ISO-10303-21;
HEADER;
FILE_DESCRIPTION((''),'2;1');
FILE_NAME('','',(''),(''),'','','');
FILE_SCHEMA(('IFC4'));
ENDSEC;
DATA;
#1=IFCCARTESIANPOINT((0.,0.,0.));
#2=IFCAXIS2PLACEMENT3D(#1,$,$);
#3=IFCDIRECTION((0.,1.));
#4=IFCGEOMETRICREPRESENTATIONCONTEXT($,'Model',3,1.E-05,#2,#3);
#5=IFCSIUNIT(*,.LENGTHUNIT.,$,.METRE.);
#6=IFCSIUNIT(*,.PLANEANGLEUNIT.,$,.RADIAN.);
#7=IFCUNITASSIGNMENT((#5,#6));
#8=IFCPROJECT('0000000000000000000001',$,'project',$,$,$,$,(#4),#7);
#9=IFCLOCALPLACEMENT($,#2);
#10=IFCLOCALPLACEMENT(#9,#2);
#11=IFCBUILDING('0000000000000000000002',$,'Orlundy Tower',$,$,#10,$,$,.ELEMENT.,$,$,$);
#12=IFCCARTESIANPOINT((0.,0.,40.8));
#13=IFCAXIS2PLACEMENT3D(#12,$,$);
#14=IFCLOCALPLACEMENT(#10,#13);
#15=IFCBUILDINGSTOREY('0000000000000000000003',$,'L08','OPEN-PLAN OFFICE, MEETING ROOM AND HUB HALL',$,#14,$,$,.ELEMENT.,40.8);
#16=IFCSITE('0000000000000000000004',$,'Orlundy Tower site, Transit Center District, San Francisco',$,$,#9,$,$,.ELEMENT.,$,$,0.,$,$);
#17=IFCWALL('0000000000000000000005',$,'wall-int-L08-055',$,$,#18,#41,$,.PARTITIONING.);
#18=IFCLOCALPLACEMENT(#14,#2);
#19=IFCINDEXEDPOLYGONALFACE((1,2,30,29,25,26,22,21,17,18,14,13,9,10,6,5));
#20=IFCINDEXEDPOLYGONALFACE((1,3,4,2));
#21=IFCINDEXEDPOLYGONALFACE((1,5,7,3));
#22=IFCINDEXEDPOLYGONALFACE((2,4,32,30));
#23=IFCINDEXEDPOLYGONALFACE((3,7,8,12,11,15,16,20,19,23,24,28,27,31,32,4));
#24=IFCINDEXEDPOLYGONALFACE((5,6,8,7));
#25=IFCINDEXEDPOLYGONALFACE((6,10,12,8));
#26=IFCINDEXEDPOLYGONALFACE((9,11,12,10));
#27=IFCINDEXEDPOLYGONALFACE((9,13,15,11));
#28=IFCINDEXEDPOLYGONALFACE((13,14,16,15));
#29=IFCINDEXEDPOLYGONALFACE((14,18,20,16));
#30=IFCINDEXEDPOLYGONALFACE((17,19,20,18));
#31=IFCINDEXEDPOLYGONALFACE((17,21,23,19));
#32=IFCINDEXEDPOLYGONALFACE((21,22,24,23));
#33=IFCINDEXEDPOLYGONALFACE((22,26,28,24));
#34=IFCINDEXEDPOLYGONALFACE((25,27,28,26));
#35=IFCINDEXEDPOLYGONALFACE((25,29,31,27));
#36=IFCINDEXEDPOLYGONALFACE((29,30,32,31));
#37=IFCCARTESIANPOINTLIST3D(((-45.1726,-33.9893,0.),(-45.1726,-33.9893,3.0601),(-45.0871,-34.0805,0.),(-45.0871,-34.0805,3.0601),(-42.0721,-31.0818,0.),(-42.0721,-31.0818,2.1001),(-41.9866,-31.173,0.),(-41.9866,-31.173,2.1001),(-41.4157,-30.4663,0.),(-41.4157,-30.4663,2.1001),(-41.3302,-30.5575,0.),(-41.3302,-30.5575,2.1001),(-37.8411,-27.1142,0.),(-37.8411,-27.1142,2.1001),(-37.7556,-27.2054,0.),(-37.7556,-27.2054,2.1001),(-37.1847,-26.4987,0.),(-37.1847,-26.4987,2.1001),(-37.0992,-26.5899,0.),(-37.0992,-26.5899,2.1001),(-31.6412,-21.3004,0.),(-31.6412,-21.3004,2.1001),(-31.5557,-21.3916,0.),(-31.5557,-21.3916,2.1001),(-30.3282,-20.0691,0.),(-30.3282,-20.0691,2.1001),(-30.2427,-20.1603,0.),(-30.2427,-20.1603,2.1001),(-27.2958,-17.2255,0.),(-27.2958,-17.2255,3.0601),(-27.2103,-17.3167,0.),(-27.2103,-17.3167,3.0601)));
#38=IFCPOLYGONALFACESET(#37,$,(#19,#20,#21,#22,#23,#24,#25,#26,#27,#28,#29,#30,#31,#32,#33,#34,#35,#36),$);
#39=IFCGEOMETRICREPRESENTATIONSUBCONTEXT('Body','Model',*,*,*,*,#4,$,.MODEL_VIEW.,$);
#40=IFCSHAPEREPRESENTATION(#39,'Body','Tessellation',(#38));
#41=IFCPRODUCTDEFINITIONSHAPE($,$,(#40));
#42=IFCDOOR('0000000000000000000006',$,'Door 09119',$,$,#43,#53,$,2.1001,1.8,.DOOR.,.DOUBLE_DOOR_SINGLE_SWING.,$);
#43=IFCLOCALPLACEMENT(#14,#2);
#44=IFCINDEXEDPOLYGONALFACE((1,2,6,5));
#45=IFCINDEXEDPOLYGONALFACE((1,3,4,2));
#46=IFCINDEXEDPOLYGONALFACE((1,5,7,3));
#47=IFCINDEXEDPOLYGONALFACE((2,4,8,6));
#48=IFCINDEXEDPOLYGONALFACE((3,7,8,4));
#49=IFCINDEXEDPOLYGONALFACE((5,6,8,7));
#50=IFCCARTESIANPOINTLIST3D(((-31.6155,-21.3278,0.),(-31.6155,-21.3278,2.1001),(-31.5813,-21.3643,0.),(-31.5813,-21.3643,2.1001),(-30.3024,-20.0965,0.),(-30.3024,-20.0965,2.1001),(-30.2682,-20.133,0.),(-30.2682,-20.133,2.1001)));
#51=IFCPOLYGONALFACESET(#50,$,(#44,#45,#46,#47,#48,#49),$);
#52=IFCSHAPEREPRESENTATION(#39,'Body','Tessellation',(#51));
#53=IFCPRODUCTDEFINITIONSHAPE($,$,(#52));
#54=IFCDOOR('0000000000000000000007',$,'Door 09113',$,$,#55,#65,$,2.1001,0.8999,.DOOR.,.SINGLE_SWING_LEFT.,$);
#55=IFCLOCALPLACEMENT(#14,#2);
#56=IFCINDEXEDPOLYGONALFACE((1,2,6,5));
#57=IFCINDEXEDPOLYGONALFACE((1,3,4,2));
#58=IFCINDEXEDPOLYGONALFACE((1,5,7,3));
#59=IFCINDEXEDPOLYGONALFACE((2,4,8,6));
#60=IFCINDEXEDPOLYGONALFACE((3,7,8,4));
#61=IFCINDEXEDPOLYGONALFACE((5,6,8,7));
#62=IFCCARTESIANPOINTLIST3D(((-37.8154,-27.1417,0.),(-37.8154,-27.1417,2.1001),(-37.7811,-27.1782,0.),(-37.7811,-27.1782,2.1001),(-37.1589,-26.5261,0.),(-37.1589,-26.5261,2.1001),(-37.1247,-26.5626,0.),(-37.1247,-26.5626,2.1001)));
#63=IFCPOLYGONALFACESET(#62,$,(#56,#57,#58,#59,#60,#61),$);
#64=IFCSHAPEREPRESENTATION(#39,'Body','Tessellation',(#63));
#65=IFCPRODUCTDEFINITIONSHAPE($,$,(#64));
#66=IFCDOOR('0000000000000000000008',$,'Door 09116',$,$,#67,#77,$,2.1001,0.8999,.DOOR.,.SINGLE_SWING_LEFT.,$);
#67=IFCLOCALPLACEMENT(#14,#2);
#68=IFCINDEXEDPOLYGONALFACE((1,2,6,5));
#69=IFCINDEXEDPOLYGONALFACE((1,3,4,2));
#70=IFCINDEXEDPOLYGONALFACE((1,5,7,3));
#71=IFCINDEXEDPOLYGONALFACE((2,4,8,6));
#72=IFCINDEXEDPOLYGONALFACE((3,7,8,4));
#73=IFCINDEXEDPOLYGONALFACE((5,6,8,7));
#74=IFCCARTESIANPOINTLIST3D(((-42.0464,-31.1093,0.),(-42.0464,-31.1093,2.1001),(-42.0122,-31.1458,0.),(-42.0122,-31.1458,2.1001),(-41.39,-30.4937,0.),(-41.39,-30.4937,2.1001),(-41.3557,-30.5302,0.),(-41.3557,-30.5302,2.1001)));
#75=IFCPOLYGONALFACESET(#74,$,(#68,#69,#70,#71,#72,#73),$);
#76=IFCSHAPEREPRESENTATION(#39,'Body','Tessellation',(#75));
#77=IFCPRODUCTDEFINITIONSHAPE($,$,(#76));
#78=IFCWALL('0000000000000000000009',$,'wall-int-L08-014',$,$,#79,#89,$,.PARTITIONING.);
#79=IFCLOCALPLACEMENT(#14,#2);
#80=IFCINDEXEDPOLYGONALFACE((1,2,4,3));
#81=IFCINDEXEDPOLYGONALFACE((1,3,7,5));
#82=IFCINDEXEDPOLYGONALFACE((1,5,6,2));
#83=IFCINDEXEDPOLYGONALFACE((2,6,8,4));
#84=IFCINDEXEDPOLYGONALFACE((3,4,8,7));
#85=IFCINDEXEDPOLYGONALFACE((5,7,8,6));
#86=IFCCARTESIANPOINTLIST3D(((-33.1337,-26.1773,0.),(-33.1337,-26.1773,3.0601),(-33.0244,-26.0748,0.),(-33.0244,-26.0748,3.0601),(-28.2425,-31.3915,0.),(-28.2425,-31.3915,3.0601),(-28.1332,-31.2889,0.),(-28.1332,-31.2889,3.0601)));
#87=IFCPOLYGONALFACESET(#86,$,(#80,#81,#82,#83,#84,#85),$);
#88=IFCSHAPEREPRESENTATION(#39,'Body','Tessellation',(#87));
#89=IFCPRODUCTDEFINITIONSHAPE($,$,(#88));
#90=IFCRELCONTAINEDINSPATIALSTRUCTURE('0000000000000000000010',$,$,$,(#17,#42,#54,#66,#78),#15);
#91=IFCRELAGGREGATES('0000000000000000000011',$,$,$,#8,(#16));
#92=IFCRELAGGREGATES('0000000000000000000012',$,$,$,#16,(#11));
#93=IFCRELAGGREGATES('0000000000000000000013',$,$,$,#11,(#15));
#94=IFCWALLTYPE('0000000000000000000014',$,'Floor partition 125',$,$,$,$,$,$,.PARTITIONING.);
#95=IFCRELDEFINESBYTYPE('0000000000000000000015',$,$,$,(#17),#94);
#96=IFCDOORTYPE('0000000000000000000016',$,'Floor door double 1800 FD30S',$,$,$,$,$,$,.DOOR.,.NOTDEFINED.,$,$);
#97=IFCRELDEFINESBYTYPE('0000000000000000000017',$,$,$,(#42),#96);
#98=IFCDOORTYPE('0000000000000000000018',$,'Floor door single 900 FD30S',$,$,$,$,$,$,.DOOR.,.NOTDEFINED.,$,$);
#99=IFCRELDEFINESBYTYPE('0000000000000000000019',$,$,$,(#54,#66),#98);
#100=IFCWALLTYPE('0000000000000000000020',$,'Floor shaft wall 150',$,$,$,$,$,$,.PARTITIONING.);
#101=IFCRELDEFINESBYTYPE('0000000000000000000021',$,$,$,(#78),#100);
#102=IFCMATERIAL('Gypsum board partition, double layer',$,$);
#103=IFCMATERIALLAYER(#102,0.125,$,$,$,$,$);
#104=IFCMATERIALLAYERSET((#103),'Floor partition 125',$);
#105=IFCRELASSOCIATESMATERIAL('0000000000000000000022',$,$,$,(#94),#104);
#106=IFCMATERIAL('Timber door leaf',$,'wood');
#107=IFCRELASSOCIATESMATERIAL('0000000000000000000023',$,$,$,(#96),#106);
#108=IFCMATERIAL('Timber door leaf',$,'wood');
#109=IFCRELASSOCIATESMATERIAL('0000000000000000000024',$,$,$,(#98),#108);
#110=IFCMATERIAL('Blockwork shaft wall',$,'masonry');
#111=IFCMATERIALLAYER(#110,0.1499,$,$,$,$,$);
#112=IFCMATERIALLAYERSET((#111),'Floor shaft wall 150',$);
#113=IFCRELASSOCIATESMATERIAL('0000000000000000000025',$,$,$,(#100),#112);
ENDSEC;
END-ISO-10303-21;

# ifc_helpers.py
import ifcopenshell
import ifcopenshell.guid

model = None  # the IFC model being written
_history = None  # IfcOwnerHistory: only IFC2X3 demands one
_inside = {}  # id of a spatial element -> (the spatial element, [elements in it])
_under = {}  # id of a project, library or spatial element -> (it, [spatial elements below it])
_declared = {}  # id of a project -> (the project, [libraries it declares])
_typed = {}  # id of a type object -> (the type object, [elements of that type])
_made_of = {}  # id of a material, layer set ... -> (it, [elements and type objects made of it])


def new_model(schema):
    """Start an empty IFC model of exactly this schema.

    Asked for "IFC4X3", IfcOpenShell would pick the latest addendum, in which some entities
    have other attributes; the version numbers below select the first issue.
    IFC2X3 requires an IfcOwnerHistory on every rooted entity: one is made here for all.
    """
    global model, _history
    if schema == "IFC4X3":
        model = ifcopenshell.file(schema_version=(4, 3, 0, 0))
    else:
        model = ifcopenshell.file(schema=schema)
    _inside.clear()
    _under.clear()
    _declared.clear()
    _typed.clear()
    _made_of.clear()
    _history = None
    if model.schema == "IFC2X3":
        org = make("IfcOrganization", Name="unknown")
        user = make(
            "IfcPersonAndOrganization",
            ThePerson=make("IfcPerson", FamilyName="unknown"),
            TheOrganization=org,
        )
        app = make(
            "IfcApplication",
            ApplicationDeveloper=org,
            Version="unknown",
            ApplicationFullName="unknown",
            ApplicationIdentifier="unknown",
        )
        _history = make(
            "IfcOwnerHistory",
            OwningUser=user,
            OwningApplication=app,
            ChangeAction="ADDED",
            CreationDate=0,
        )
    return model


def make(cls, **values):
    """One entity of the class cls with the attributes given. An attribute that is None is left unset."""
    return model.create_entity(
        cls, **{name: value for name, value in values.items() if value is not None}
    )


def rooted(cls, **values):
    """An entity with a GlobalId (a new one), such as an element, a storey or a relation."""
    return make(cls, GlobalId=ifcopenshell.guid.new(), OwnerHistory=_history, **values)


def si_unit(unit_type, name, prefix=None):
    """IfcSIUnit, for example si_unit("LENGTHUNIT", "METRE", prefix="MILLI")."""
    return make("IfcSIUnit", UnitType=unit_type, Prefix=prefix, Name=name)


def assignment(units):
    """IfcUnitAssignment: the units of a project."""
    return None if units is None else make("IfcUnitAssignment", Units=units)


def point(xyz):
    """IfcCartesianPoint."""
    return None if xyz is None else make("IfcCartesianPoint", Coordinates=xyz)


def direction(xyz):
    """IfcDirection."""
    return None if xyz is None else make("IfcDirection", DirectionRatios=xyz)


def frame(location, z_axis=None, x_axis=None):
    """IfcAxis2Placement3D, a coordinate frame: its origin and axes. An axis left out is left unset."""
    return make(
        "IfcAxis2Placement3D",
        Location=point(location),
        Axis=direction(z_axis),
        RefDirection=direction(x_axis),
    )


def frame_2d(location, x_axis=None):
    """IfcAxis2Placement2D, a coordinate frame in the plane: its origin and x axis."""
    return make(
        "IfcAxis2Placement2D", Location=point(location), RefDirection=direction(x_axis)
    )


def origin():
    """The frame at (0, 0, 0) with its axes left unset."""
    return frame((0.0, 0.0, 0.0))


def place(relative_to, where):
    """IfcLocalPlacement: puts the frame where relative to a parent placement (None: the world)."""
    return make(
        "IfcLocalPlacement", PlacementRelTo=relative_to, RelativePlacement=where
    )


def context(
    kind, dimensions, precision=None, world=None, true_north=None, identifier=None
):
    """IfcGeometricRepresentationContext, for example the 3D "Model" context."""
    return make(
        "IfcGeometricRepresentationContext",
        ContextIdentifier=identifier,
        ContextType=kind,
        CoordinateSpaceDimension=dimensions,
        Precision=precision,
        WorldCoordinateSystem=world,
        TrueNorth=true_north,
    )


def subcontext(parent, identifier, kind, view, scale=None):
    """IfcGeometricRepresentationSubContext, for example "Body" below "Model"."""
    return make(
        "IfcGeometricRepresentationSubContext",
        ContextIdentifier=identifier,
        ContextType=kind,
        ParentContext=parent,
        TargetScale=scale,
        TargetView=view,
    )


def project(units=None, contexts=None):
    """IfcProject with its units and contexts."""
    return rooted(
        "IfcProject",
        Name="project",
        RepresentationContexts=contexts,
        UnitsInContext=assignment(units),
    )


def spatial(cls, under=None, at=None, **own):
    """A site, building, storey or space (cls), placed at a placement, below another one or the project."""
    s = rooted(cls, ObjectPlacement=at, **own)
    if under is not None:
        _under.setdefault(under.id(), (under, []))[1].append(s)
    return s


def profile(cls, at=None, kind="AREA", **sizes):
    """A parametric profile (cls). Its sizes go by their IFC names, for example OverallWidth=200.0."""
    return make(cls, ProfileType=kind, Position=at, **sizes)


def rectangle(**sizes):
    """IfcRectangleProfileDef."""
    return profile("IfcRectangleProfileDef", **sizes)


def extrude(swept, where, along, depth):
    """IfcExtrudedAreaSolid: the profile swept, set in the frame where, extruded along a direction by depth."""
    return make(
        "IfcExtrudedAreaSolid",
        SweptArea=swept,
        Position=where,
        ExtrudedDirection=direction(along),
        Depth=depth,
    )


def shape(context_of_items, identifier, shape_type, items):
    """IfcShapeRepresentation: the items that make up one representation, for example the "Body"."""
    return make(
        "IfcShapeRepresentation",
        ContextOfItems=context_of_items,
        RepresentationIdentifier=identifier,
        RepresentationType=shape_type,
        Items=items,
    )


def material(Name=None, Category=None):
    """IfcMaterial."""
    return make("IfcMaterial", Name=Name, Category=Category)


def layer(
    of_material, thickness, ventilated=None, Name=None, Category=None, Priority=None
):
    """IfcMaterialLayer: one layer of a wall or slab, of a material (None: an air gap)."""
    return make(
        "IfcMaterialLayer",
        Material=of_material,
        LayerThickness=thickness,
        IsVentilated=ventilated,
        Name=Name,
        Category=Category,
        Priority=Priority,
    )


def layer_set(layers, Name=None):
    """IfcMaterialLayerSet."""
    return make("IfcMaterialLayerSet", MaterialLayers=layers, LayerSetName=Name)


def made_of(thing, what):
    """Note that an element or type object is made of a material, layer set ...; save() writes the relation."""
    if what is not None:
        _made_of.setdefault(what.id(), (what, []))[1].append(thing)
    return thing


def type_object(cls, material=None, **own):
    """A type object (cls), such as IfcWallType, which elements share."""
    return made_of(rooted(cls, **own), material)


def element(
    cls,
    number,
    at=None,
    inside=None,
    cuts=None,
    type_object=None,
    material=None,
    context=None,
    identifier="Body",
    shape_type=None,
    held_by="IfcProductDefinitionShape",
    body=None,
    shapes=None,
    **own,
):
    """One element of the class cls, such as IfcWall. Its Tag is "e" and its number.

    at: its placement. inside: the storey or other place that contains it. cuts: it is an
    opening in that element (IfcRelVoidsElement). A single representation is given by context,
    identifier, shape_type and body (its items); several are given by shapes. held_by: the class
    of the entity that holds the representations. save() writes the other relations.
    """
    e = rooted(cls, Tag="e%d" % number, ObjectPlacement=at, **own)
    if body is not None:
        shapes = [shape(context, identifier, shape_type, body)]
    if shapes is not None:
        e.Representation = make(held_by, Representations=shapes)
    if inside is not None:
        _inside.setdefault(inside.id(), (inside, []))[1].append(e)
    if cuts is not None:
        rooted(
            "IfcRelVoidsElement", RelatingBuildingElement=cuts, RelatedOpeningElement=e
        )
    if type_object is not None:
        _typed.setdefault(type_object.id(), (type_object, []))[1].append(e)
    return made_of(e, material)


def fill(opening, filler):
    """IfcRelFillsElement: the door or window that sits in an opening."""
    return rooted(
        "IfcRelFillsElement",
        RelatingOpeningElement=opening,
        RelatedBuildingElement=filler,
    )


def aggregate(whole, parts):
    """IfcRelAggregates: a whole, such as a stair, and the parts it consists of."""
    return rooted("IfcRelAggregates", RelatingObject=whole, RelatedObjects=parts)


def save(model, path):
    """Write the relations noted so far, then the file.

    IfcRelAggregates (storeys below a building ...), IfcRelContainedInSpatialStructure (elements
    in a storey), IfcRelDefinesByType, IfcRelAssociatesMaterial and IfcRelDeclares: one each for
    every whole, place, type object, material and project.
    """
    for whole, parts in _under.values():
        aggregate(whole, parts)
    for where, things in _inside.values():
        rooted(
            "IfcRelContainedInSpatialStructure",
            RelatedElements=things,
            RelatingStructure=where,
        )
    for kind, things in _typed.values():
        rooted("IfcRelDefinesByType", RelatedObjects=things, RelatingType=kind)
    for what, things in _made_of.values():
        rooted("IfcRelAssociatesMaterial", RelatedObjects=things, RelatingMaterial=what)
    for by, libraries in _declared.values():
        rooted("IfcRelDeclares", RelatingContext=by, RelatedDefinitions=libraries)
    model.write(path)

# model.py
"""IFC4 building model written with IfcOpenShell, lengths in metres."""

from ifc_helpers import new_model, si_unit, direction, frame, frame_2d, origin, place, context, subcontext, project, spatial, rectangle, extrude, material, layer, layer_set, type_object, element, fill, save


model = new_model("IFC4")

# Units and contexts
model_context = context("Model", 3, precision=1e-05, world=origin(), true_north=direction((0.0, 1.0)))
body_context = subcontext(model_context, "Body", "Model", "MODEL_VIEW")
ifc_project = project(units=[si_unit("LENGTHUNIT", "METRE"), si_unit("PLANEANGLEUNIT", "RADIAN")], contexts=[model_context])

# Site, building, storey
site_placement = place(None, origin())
site = spatial("IfcSite", under=ifc_project, at=site_placement, Name="Orlundy Tower site, Transit Center District, San Francisco", CompositionType="ELEMENT", RefElevation=0.0)
building_placement = place(site_placement, origin())
building = spatial("IfcBuilding", under=site, at=building_placement, Name="Orlundy Tower", CompositionType="ELEMENT")
storey_placement = place(building_placement, frame((0.0, 0.0, 40.8)))
storey = spatial("IfcBuildingStorey", under=building, at=storey_placement, Name="L08", Description="OPEN-PLAN OFFICE, MEETING ROOM AND HUB HALL", CompositionType="ELEMENT", Elevation=40.8)

# Wall, openings, doors
ifc_material_1 = material(Name="Gypsum board partition, double layer")
ifc_layer_1 = layer(ifc_material_1, 0.125)
ifc_layer_set_1 = layer_set([ifc_layer_1], Name="Floor partition 125")
wall_type_1 = type_object("IfcWallType", Name="Floor partition 125", PredefinedType="PARTITIONING", material=ifc_layer_set_1)
wall_1_placement = place(storey_placement, frame((-45.1299, -34.0349, 0.0), z_axis=(0.0, 0.0, 1.0), x_axis=(0.72945, 0.684034, 0.0)))
wall_1 = element("IfcWall", 1, at=wall_1_placement, inside=storey, type_object=wall_type_1, Name="wall-int-L08-055", PredefinedType="PARTITIONING", context=body_context, shape_type="SweptSolid", body=[
    extrude(rectangle(XDim=24.5073, YDim=0.125, at=frame_2d((12.2537, 0.0))), origin(), (0.0, 0.0, 1.0), 3.0601),
])
opening_1_placement = place(wall_1_placement, frame((10.0508, 0.0, 0.0)))
opening_1 = element("IfcOpeningElement", 2, at=opening_1_placement, cuts=wall_1, PredefinedType="OPENING", context=body_context, shape_type="SweptSolid", body=[
    extrude(rectangle(XDim=0.8999, YDim=2.1001, at=frame_2d((0.45, 1.05))), frame((0.0, 0.0725, 0.0), z_axis=(0.0, -1.0, 0.0), x_axis=(1.0, 0.0, 0.0)), (0.0, 0.0, 1.0), 0.145),
])
opening_2_placement = place(wall_1_placement, frame((4.2505, 0.0, 0.0)))
opening_2 = element("IfcOpeningElement", 3, at=opening_2_placement, cuts=wall_1, PredefinedType="OPENING", context=body_context, shape_type="SweptSolid", body=[
    extrude(rectangle(XDim=0.8999, YDim=2.1001, at=frame_2d((0.45, 1.05))), frame((0.0, 0.0725, 0.0), z_axis=(0.0, -1.0, 0.0), x_axis=(1.0, 0.0, 0.0)), (0.0, 0.0, 1.0), 0.145),
])
opening_3_placement = place(wall_1_placement, frame((18.5503, 0.0, 0.0)))
opening_3 = element("IfcOpeningElement", 4, at=opening_3_placement, cuts=wall_1, PredefinedType="OPENING", context=body_context, shape_type="SweptSolid", body=[
    extrude(rectangle(XDim=1.8, YDim=2.1001, at=frame_2d((0.8999, 1.05))), frame((0.0, 0.0725, 0.0), z_axis=(0.0, -1.0, 0.0), x_axis=(1.0, 0.0, 0.0)), (0.0, 0.0, 1.0), 0.145),
])
ifc_material_2 = material(Name="Timber door leaf", Category="wood")
door_type_1 = type_object("IfcDoorType", Name="Floor door double 1800 FD30S", OperationType="NOTDEFINED", PredefinedType="DOOR", material=ifc_material_2)
door_1_placement = place(opening_3_placement, origin())
door_1 = element("IfcDoor", 5, at=door_1_placement, inside=storey, type_object=door_type_1, Name="Door 09119", OperationType="DOUBLE_DOOR_SINGLE_SWING", OverallHeight=2.1001, OverallWidth=1.8, PredefinedType="DOOR", context=body_context, shape_type="SweptSolid", body=[
    extrude(rectangle(XDim=1.8, YDim=2.1001, at=frame_2d((0.8999, 1.05))), frame((0.0, 0.0249, 0.0), z_axis=(0.0, -1.0, 0.0), x_axis=(1.0, 0.0, 0.0)), (0.0, 0.0, 1.0), 0.05),
])
fill(opening_3, door_1)
ifc_material_3 = material(Name="Timber door leaf", Category="wood")
door_type_2 = type_object("IfcDoorType", Name="Floor door single 900 FD30S", OperationType="NOTDEFINED", PredefinedType="DOOR", material=ifc_material_3)
door_2_placement = place(opening_1_placement, origin())
door_2 = element("IfcDoor", 6, at=door_2_placement, inside=storey, type_object=door_type_2, Name="Door 09113", OperationType="SINGLE_SWING_LEFT", OverallHeight=2.1001, OverallWidth=0.8999, PredefinedType="DOOR", context=body_context, shape_type="SweptSolid", body=[
    extrude(rectangle(XDim=0.8999, YDim=2.1001, at=frame_2d((0.45, 1.05))), frame((0.0, 0.0249, 0.0), z_axis=(0.0, -1.0, 0.0), x_axis=(1.0, 0.0, 0.0)), (0.0, 0.0, 1.0), 0.05),
])
fill(opening_1, door_2)
door_3_placement = place(opening_2_placement, origin())
door_3 = element("IfcDoor", 7, at=door_3_placement, inside=storey, type_object=door_type_2, Name="Door 09116", OperationType="SINGLE_SWING_LEFT", OverallHeight=2.1001, OverallWidth=0.8999, PredefinedType="DOOR", context=body_context, shape_type="SweptSolid", body=[
    extrude(rectangle(XDim=0.8999, YDim=2.1001, at=frame_2d((0.45, 1.05))), frame((0.0, 0.0249, 0.0), z_axis=(0.0, -1.0, 0.0), x_axis=(1.0, 0.0, 0.0)), (0.0, 0.0, 1.0), 0.05),
])
fill(opening_2, door_3)

# Wall
ifc_material_4 = material(Name="Blockwork shaft wall", Category="masonry")
ifc_layer_2 = layer(ifc_material_4, 0.1499)
ifc_layer_set_2 = layer_set([ifc_layer_2], Name="Floor shaft wall 150")
wall_type_2 = type_object("IfcWallType", Name="Floor shaft wall 150", PredefinedType="PARTITIONING", material=ifc_layer_set_2)
wall_2_placement = place(storey_placement, frame((-33.0791, -26.126, 0.0), z_axis=(0.0, 0.0, 1.0), x_axis=(0.684156, -0.729336, 0.0)))
element("IfcWall", 8, at=wall_2_placement, inside=storey, type_object=wall_type_2, Name="wall-int-L08-014", PredefinedType="PARTITIONING", context=body_context, shape_type="SweptSolid", body=[
    extrude(rectangle(XDim=7.1492, YDim=0.1499, at=frame_2d((3.5747, 0.0))), origin(), (0.0, 0.0, 1.0), 3.0601),
])

save(model, "model.ifc")
